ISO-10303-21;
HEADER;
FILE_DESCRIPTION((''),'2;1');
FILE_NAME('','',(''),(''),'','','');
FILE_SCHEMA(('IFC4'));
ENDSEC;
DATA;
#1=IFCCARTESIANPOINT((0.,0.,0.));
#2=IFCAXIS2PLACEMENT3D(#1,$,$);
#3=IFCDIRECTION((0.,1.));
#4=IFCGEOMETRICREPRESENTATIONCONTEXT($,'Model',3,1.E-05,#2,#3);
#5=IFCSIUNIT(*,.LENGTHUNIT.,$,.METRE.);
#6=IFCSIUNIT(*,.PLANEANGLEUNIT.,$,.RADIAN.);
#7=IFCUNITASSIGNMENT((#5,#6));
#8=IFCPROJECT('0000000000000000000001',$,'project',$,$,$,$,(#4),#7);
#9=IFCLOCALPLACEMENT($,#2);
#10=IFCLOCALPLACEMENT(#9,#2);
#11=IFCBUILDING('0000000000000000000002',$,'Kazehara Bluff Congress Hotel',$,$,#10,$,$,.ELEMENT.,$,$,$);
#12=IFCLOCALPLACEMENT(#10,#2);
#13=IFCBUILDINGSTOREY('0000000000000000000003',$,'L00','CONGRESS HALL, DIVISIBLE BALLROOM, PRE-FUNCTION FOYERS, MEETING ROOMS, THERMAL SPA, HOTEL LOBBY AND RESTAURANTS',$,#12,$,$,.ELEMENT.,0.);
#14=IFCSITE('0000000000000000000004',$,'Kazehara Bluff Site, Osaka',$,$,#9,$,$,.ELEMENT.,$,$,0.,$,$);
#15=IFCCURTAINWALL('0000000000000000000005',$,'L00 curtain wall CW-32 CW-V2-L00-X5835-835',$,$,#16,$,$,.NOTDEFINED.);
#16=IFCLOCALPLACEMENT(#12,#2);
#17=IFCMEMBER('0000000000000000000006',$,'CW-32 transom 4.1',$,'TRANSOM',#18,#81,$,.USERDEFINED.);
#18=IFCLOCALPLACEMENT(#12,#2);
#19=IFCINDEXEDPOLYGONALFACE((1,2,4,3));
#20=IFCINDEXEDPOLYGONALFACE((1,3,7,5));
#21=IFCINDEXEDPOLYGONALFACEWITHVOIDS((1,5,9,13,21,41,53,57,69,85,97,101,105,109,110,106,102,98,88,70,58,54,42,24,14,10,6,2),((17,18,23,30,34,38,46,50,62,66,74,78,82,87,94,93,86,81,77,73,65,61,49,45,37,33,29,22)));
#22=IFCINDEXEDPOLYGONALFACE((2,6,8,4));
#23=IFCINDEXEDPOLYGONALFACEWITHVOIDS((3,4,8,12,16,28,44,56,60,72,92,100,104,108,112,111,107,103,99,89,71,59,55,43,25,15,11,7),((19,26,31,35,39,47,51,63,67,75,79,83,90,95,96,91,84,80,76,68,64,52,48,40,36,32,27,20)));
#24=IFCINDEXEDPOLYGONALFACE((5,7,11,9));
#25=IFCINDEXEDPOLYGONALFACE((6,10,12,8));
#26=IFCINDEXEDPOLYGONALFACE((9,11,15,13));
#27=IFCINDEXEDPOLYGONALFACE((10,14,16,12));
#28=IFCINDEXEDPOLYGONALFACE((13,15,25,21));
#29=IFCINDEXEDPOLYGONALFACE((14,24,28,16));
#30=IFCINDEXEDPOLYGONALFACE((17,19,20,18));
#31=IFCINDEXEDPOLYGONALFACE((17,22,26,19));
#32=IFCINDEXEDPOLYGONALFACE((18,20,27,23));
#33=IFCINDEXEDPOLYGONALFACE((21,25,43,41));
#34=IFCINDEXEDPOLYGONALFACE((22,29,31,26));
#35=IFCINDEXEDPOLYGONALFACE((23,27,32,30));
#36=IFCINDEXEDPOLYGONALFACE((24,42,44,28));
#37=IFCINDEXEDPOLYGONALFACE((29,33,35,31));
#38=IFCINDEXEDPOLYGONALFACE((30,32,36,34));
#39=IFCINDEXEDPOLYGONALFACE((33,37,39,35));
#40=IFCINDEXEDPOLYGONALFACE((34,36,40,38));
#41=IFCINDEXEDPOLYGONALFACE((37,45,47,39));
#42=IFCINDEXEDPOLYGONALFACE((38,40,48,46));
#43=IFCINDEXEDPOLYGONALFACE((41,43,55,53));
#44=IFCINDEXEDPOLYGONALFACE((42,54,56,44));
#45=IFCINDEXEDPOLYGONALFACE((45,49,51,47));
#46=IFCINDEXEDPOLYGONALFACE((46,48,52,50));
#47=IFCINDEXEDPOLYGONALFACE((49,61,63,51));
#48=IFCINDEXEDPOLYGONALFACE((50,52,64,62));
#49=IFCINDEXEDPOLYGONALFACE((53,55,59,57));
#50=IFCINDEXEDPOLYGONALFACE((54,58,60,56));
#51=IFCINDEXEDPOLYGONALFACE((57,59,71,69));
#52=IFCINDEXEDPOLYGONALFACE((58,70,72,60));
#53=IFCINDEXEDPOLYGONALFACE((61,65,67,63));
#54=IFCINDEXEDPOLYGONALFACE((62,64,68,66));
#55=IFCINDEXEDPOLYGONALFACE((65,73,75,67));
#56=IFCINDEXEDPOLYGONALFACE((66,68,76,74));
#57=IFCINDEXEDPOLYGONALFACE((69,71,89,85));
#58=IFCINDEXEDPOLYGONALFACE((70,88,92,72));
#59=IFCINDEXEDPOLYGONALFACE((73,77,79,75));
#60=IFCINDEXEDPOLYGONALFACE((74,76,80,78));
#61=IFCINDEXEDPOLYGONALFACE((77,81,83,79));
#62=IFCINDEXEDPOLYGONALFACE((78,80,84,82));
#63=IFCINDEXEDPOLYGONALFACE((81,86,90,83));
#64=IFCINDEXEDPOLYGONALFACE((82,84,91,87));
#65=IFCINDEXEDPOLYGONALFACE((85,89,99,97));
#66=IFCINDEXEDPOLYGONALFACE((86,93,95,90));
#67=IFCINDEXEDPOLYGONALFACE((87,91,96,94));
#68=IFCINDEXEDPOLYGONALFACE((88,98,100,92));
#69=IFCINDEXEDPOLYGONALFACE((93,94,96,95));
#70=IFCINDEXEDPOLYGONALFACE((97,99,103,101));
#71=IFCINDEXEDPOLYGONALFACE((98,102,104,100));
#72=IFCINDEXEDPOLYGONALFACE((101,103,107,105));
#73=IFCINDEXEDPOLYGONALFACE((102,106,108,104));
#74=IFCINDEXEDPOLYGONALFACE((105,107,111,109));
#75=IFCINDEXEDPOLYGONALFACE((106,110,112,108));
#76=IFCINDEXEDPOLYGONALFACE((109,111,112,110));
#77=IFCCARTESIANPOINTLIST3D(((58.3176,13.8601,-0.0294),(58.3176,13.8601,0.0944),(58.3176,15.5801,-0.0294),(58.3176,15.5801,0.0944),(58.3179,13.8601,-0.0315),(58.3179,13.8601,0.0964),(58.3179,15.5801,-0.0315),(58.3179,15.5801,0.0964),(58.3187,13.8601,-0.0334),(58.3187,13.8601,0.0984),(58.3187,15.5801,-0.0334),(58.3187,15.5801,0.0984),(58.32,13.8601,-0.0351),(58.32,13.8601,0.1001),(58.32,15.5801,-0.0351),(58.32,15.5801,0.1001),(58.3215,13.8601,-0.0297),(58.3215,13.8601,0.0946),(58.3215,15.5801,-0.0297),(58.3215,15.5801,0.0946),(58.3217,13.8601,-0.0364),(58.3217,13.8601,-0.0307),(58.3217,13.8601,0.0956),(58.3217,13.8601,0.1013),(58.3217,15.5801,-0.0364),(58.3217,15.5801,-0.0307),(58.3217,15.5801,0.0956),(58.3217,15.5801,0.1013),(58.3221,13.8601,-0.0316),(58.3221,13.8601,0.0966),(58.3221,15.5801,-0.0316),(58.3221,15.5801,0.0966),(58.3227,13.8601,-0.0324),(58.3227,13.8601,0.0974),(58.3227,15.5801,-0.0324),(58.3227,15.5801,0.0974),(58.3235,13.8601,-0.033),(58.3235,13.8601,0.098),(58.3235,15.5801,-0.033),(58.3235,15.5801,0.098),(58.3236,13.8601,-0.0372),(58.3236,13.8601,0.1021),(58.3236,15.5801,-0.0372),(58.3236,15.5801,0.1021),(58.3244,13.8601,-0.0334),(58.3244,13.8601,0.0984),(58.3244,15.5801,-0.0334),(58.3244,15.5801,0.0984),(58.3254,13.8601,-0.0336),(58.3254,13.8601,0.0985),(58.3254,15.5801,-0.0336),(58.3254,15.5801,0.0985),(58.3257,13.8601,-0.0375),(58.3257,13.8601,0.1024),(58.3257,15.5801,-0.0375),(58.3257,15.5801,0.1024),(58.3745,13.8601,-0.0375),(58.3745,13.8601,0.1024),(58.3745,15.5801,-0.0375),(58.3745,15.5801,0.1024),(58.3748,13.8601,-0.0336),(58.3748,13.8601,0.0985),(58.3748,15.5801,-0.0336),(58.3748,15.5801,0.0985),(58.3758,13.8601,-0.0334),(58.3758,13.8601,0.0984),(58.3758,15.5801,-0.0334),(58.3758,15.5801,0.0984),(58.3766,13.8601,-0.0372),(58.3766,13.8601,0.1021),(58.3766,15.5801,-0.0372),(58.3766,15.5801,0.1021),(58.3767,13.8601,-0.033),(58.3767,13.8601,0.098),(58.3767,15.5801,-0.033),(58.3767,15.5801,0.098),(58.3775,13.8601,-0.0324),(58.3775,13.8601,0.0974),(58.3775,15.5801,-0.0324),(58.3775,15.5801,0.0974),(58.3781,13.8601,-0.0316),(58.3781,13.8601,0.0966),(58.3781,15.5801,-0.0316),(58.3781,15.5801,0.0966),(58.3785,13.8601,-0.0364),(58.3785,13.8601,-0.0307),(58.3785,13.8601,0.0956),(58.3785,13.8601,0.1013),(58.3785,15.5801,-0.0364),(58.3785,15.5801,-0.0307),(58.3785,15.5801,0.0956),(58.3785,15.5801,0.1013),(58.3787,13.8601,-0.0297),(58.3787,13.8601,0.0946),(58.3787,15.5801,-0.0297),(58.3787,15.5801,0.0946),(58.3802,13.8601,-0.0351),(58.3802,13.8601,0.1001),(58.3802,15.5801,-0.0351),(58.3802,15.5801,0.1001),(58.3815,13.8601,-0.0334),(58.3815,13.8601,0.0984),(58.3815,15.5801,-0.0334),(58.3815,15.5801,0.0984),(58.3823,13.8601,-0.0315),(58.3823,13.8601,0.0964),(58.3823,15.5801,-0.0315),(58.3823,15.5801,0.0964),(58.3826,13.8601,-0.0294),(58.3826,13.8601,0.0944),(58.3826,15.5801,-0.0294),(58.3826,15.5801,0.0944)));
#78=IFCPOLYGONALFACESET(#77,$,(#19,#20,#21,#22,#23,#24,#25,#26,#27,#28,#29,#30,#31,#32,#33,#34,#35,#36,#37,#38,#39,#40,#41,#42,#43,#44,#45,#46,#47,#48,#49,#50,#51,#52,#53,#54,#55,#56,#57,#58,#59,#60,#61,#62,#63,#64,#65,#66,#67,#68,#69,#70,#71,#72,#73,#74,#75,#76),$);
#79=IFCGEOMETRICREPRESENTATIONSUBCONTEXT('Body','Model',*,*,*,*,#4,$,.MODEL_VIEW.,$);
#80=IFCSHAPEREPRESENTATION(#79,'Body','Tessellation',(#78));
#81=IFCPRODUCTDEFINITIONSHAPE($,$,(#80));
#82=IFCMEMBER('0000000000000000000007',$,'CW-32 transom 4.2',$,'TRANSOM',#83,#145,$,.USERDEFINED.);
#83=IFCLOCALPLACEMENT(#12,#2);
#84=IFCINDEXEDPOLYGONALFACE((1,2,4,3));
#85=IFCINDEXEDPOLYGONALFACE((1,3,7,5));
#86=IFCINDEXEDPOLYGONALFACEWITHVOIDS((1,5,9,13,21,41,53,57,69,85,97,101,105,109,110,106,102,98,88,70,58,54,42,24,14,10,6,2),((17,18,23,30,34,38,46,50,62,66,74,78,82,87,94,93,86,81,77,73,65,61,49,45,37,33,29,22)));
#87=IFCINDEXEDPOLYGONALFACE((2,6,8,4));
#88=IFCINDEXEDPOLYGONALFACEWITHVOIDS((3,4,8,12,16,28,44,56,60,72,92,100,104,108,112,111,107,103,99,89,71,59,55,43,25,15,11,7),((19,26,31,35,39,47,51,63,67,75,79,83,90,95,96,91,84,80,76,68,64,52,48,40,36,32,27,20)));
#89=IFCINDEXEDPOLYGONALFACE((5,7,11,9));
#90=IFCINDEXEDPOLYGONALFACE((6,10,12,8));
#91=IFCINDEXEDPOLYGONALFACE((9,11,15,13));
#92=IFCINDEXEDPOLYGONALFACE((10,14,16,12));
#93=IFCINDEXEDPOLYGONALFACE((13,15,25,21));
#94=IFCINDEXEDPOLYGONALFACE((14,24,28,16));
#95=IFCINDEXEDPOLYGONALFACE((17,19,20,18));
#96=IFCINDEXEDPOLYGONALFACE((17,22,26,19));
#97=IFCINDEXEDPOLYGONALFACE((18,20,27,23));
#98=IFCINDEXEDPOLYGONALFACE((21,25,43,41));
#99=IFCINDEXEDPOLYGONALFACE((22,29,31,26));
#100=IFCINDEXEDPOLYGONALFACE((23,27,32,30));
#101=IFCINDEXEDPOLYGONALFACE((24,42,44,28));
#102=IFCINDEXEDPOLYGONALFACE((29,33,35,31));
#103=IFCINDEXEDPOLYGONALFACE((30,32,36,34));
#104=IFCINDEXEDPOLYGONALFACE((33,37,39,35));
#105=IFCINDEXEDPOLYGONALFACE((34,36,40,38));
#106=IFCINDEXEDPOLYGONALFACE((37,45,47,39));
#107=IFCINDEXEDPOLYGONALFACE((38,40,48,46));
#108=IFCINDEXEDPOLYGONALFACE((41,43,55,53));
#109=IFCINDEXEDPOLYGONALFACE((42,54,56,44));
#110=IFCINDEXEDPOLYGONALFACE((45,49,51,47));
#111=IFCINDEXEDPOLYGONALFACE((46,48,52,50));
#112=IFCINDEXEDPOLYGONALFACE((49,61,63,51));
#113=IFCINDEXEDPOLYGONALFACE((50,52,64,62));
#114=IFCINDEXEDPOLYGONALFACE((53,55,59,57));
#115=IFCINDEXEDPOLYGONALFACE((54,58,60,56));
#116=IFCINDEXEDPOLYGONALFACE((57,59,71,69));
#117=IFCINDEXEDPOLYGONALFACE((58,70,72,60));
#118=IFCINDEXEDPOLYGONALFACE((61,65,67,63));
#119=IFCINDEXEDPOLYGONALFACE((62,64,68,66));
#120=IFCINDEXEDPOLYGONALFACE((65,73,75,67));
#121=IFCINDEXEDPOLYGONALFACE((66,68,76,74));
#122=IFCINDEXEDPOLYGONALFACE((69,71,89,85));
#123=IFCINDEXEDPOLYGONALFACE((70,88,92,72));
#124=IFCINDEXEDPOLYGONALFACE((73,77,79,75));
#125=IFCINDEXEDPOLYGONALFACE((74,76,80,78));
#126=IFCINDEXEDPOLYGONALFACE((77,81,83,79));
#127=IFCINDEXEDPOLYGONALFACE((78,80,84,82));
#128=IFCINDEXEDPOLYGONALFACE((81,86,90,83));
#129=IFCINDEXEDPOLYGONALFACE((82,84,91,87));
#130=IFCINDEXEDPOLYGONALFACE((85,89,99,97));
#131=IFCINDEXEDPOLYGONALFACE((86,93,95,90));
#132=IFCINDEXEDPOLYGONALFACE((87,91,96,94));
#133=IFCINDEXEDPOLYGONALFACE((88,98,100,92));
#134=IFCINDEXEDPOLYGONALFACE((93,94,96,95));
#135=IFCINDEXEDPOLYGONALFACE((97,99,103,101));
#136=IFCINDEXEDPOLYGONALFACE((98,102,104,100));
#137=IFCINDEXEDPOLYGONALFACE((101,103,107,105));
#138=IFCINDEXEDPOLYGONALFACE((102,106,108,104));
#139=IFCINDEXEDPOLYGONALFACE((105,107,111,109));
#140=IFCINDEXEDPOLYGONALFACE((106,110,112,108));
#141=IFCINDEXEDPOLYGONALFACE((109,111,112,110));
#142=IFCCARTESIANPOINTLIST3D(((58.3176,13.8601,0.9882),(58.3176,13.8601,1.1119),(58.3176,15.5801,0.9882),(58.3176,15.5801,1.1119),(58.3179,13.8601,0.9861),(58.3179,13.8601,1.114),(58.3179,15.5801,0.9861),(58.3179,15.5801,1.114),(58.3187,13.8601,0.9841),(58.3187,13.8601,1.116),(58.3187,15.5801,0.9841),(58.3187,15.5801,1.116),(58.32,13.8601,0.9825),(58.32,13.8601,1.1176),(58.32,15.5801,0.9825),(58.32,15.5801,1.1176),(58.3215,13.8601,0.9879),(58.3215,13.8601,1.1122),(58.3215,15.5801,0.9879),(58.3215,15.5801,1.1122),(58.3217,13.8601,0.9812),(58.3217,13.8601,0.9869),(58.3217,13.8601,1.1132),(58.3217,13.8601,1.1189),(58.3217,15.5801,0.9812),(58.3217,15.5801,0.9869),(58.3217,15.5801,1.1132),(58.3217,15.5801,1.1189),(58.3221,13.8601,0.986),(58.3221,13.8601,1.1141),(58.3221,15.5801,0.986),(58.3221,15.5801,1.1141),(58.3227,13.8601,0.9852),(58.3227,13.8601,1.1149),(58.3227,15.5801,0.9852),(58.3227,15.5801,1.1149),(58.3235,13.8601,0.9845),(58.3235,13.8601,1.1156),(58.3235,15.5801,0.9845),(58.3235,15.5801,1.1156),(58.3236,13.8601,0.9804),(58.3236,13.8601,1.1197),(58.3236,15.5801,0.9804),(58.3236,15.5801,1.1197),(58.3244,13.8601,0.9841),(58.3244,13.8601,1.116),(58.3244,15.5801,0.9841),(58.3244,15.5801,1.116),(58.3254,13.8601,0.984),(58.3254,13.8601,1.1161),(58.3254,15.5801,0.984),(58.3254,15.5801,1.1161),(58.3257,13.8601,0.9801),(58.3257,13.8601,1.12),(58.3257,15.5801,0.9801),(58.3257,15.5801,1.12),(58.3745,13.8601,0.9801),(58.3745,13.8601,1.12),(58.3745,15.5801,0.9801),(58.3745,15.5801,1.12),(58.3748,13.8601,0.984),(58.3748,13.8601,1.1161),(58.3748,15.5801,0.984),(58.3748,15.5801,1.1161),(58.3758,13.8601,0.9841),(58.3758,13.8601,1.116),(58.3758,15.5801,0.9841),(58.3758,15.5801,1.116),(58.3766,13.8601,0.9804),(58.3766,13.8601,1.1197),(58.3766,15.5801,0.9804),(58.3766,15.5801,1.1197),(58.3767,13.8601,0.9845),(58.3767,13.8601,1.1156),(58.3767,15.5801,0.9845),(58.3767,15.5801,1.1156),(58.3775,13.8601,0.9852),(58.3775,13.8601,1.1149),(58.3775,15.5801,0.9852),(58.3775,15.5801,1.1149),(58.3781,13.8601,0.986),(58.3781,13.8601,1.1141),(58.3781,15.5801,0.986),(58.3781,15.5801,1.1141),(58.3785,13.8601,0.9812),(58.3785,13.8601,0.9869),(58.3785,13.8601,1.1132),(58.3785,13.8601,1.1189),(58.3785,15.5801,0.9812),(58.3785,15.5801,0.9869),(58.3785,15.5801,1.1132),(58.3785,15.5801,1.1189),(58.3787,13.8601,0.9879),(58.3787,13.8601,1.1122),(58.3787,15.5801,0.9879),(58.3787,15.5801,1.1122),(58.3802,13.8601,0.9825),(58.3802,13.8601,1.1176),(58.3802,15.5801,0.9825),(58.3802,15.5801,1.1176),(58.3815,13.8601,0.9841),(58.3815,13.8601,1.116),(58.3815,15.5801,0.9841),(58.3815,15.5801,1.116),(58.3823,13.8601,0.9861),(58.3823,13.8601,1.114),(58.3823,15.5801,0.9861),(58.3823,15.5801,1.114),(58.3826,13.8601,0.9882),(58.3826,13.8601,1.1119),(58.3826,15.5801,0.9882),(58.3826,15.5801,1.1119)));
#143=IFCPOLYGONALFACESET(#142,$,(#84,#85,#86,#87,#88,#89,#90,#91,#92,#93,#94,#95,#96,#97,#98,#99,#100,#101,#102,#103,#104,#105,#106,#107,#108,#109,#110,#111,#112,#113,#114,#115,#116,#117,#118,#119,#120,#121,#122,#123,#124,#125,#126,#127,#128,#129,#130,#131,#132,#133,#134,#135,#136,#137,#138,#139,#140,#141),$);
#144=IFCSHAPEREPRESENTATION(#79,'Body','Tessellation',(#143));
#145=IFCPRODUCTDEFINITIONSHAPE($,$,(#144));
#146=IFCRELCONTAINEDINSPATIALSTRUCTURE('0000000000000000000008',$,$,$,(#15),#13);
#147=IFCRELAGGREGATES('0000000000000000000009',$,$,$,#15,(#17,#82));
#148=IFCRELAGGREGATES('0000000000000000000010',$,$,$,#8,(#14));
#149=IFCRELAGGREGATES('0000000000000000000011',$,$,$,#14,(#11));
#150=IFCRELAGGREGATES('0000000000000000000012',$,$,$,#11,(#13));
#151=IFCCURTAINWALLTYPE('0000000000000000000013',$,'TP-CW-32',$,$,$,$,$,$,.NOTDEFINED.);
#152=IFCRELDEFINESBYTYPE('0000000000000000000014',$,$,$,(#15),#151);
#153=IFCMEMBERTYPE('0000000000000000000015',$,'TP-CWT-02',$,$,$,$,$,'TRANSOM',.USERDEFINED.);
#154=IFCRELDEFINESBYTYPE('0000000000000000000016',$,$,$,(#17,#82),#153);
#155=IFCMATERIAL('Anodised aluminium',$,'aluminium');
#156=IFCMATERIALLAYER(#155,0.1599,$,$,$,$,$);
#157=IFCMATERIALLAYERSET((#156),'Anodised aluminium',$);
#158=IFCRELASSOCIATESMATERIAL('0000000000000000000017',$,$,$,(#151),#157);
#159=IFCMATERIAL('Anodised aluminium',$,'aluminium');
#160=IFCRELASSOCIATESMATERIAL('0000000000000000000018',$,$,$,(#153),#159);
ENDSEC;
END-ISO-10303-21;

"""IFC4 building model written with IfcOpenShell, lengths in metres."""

from ifc_helpers import new_model, si_unit, direction, frame, origin, origin_2d, place, context, subcontext, project, spatial, hollow_rectangle, extrude, material, layer, layer_set, material_profile, profile_set, type_object, element, aggregate, save


model = new_model("IFC4")

# Units and contexts
model_context = context("Model", 3, precision=1e-05, world=origin(), true_north=direction((0.0, 1.0)))
body_context = subcontext(model_context, "Body", "Model", "MODEL_VIEW")
ifc_project = project(units=[si_unit("LENGTHUNIT", "METRE"), si_unit("PLANEANGLEUNIT", "RADIAN")], contexts=[model_context])

# Site, building, storey
site_placement = place(None, origin())
site = spatial("IfcSite", under=ifc_project, at=site_placement, Name="Kazehara Bluff Site, Osaka", CompositionType="ELEMENT", RefElevation=0.0)
building_placement = place(site_placement, origin())
building = spatial("IfcBuilding", under=site, at=building_placement, Name="Kazehara Bluff Congress Hotel", CompositionType="ELEMENT")
storey_placement = place(building_placement, origin())
storey = spatial("IfcBuildingStorey", under=building, at=storey_placement, Name="L00", Description="CONGRESS HALL, DIVISIBLE BALLROOM, PRE-FUNCTION FOYERS, MEETING ROOMS, THERMAL SPA, HOTEL LOBBY AND RESTAURANTS", CompositionType="ELEMENT", Elevation=0.0)

# Curtain wall
ifc_material_1 = material(Name="Anodised aluminium", Category="aluminium")
ifc_layer_1 = layer(ifc_material_1, 0.1599)
ifc_layer_set_1 = layer_set([ifc_layer_1], Name="Anodised aluminium")
curtain_wall_type = type_object("IfcCurtainWallType", Name="TP-CW-32", PredefinedType="NOTDEFINED", material=ifc_layer_set_1)
curtain_wall_1_placement = place(storey_placement, origin())
curtain_wall_1 = element("IfcCurtainWall", 1, at=curtain_wall_1_placement, inside=storey, type_object=curtain_wall_type, Name="L00 curtain wall CW-32 CW-V2-L00-X5835-835", PredefinedType="NOTDEFINED")

# Members
ifc_material_2 = material(Name="Anodised aluminium", Category="aluminium")
ifc_material_profile_1 = material_profile(ifc_material_2, hollow_rectangle(XDim=0.0649, YDim=0.1399, WallThickness=0.0039, InnerFilletRadius=0.0039, OuterFilletRadius=0.0081, at=origin_2d()))
ifc_profile_set_1 = profile_set([ifc_material_profile_1], Name="Anodised aluminium")
member_type_1 = type_object("IfcMemberType", Name="TP-CWT-02", ElementType="TRANSOM", PredefinedType="USERDEFINED", material=ifc_profile_set_1)
member_1_placement = place(storey_placement, frame((58.3501, 13.8601, 0.0325), z_axis=(0.0, 1.0, 0.0), x_axis=(-1.0, 0.0, 0.0)))
member_1 = element("IfcMember", 2, at=member_1_placement, type_object=member_type_1, Name="CW-32 transom 4.1", ObjectType="TRANSOM", PredefinedType="USERDEFINED", context=body_context, shape_type="SweptSolid", body=[
    extrude(hollow_rectangle(XDim=0.0649, YDim=0.1399, WallThickness=0.0039, InnerFilletRadius=0.0039, OuterFilletRadius=0.0081, at=origin_2d()), origin(), (0.0, 0.0, 1.0), 1.72),
])
member_2_placement = place(storey_placement, frame((58.3501, 13.8601, 1.05), z_axis=(0.0, 1.0, 0.0), x_axis=(-1.0, 0.0, 0.0)))
member_2 = element("IfcMember", 3, at=member_2_placement, type_object=member_type_1, Name="CW-32 transom 4.2", ObjectType="TRANSOM", PredefinedType="USERDEFINED", context=body_context, shape_type="SweptSolid", body=[
    extrude(hollow_rectangle(XDim=0.0649, YDim=0.1399, WallThickness=0.0039, InnerFilletRadius=0.0039, OuterFilletRadius=0.0081, at=origin_2d()), origin(), (0.0, 0.0, 1.0), 1.72),
])

aggregate(curtain_wall_1, [member_1, member_2])

save(model, "model.ifc")
